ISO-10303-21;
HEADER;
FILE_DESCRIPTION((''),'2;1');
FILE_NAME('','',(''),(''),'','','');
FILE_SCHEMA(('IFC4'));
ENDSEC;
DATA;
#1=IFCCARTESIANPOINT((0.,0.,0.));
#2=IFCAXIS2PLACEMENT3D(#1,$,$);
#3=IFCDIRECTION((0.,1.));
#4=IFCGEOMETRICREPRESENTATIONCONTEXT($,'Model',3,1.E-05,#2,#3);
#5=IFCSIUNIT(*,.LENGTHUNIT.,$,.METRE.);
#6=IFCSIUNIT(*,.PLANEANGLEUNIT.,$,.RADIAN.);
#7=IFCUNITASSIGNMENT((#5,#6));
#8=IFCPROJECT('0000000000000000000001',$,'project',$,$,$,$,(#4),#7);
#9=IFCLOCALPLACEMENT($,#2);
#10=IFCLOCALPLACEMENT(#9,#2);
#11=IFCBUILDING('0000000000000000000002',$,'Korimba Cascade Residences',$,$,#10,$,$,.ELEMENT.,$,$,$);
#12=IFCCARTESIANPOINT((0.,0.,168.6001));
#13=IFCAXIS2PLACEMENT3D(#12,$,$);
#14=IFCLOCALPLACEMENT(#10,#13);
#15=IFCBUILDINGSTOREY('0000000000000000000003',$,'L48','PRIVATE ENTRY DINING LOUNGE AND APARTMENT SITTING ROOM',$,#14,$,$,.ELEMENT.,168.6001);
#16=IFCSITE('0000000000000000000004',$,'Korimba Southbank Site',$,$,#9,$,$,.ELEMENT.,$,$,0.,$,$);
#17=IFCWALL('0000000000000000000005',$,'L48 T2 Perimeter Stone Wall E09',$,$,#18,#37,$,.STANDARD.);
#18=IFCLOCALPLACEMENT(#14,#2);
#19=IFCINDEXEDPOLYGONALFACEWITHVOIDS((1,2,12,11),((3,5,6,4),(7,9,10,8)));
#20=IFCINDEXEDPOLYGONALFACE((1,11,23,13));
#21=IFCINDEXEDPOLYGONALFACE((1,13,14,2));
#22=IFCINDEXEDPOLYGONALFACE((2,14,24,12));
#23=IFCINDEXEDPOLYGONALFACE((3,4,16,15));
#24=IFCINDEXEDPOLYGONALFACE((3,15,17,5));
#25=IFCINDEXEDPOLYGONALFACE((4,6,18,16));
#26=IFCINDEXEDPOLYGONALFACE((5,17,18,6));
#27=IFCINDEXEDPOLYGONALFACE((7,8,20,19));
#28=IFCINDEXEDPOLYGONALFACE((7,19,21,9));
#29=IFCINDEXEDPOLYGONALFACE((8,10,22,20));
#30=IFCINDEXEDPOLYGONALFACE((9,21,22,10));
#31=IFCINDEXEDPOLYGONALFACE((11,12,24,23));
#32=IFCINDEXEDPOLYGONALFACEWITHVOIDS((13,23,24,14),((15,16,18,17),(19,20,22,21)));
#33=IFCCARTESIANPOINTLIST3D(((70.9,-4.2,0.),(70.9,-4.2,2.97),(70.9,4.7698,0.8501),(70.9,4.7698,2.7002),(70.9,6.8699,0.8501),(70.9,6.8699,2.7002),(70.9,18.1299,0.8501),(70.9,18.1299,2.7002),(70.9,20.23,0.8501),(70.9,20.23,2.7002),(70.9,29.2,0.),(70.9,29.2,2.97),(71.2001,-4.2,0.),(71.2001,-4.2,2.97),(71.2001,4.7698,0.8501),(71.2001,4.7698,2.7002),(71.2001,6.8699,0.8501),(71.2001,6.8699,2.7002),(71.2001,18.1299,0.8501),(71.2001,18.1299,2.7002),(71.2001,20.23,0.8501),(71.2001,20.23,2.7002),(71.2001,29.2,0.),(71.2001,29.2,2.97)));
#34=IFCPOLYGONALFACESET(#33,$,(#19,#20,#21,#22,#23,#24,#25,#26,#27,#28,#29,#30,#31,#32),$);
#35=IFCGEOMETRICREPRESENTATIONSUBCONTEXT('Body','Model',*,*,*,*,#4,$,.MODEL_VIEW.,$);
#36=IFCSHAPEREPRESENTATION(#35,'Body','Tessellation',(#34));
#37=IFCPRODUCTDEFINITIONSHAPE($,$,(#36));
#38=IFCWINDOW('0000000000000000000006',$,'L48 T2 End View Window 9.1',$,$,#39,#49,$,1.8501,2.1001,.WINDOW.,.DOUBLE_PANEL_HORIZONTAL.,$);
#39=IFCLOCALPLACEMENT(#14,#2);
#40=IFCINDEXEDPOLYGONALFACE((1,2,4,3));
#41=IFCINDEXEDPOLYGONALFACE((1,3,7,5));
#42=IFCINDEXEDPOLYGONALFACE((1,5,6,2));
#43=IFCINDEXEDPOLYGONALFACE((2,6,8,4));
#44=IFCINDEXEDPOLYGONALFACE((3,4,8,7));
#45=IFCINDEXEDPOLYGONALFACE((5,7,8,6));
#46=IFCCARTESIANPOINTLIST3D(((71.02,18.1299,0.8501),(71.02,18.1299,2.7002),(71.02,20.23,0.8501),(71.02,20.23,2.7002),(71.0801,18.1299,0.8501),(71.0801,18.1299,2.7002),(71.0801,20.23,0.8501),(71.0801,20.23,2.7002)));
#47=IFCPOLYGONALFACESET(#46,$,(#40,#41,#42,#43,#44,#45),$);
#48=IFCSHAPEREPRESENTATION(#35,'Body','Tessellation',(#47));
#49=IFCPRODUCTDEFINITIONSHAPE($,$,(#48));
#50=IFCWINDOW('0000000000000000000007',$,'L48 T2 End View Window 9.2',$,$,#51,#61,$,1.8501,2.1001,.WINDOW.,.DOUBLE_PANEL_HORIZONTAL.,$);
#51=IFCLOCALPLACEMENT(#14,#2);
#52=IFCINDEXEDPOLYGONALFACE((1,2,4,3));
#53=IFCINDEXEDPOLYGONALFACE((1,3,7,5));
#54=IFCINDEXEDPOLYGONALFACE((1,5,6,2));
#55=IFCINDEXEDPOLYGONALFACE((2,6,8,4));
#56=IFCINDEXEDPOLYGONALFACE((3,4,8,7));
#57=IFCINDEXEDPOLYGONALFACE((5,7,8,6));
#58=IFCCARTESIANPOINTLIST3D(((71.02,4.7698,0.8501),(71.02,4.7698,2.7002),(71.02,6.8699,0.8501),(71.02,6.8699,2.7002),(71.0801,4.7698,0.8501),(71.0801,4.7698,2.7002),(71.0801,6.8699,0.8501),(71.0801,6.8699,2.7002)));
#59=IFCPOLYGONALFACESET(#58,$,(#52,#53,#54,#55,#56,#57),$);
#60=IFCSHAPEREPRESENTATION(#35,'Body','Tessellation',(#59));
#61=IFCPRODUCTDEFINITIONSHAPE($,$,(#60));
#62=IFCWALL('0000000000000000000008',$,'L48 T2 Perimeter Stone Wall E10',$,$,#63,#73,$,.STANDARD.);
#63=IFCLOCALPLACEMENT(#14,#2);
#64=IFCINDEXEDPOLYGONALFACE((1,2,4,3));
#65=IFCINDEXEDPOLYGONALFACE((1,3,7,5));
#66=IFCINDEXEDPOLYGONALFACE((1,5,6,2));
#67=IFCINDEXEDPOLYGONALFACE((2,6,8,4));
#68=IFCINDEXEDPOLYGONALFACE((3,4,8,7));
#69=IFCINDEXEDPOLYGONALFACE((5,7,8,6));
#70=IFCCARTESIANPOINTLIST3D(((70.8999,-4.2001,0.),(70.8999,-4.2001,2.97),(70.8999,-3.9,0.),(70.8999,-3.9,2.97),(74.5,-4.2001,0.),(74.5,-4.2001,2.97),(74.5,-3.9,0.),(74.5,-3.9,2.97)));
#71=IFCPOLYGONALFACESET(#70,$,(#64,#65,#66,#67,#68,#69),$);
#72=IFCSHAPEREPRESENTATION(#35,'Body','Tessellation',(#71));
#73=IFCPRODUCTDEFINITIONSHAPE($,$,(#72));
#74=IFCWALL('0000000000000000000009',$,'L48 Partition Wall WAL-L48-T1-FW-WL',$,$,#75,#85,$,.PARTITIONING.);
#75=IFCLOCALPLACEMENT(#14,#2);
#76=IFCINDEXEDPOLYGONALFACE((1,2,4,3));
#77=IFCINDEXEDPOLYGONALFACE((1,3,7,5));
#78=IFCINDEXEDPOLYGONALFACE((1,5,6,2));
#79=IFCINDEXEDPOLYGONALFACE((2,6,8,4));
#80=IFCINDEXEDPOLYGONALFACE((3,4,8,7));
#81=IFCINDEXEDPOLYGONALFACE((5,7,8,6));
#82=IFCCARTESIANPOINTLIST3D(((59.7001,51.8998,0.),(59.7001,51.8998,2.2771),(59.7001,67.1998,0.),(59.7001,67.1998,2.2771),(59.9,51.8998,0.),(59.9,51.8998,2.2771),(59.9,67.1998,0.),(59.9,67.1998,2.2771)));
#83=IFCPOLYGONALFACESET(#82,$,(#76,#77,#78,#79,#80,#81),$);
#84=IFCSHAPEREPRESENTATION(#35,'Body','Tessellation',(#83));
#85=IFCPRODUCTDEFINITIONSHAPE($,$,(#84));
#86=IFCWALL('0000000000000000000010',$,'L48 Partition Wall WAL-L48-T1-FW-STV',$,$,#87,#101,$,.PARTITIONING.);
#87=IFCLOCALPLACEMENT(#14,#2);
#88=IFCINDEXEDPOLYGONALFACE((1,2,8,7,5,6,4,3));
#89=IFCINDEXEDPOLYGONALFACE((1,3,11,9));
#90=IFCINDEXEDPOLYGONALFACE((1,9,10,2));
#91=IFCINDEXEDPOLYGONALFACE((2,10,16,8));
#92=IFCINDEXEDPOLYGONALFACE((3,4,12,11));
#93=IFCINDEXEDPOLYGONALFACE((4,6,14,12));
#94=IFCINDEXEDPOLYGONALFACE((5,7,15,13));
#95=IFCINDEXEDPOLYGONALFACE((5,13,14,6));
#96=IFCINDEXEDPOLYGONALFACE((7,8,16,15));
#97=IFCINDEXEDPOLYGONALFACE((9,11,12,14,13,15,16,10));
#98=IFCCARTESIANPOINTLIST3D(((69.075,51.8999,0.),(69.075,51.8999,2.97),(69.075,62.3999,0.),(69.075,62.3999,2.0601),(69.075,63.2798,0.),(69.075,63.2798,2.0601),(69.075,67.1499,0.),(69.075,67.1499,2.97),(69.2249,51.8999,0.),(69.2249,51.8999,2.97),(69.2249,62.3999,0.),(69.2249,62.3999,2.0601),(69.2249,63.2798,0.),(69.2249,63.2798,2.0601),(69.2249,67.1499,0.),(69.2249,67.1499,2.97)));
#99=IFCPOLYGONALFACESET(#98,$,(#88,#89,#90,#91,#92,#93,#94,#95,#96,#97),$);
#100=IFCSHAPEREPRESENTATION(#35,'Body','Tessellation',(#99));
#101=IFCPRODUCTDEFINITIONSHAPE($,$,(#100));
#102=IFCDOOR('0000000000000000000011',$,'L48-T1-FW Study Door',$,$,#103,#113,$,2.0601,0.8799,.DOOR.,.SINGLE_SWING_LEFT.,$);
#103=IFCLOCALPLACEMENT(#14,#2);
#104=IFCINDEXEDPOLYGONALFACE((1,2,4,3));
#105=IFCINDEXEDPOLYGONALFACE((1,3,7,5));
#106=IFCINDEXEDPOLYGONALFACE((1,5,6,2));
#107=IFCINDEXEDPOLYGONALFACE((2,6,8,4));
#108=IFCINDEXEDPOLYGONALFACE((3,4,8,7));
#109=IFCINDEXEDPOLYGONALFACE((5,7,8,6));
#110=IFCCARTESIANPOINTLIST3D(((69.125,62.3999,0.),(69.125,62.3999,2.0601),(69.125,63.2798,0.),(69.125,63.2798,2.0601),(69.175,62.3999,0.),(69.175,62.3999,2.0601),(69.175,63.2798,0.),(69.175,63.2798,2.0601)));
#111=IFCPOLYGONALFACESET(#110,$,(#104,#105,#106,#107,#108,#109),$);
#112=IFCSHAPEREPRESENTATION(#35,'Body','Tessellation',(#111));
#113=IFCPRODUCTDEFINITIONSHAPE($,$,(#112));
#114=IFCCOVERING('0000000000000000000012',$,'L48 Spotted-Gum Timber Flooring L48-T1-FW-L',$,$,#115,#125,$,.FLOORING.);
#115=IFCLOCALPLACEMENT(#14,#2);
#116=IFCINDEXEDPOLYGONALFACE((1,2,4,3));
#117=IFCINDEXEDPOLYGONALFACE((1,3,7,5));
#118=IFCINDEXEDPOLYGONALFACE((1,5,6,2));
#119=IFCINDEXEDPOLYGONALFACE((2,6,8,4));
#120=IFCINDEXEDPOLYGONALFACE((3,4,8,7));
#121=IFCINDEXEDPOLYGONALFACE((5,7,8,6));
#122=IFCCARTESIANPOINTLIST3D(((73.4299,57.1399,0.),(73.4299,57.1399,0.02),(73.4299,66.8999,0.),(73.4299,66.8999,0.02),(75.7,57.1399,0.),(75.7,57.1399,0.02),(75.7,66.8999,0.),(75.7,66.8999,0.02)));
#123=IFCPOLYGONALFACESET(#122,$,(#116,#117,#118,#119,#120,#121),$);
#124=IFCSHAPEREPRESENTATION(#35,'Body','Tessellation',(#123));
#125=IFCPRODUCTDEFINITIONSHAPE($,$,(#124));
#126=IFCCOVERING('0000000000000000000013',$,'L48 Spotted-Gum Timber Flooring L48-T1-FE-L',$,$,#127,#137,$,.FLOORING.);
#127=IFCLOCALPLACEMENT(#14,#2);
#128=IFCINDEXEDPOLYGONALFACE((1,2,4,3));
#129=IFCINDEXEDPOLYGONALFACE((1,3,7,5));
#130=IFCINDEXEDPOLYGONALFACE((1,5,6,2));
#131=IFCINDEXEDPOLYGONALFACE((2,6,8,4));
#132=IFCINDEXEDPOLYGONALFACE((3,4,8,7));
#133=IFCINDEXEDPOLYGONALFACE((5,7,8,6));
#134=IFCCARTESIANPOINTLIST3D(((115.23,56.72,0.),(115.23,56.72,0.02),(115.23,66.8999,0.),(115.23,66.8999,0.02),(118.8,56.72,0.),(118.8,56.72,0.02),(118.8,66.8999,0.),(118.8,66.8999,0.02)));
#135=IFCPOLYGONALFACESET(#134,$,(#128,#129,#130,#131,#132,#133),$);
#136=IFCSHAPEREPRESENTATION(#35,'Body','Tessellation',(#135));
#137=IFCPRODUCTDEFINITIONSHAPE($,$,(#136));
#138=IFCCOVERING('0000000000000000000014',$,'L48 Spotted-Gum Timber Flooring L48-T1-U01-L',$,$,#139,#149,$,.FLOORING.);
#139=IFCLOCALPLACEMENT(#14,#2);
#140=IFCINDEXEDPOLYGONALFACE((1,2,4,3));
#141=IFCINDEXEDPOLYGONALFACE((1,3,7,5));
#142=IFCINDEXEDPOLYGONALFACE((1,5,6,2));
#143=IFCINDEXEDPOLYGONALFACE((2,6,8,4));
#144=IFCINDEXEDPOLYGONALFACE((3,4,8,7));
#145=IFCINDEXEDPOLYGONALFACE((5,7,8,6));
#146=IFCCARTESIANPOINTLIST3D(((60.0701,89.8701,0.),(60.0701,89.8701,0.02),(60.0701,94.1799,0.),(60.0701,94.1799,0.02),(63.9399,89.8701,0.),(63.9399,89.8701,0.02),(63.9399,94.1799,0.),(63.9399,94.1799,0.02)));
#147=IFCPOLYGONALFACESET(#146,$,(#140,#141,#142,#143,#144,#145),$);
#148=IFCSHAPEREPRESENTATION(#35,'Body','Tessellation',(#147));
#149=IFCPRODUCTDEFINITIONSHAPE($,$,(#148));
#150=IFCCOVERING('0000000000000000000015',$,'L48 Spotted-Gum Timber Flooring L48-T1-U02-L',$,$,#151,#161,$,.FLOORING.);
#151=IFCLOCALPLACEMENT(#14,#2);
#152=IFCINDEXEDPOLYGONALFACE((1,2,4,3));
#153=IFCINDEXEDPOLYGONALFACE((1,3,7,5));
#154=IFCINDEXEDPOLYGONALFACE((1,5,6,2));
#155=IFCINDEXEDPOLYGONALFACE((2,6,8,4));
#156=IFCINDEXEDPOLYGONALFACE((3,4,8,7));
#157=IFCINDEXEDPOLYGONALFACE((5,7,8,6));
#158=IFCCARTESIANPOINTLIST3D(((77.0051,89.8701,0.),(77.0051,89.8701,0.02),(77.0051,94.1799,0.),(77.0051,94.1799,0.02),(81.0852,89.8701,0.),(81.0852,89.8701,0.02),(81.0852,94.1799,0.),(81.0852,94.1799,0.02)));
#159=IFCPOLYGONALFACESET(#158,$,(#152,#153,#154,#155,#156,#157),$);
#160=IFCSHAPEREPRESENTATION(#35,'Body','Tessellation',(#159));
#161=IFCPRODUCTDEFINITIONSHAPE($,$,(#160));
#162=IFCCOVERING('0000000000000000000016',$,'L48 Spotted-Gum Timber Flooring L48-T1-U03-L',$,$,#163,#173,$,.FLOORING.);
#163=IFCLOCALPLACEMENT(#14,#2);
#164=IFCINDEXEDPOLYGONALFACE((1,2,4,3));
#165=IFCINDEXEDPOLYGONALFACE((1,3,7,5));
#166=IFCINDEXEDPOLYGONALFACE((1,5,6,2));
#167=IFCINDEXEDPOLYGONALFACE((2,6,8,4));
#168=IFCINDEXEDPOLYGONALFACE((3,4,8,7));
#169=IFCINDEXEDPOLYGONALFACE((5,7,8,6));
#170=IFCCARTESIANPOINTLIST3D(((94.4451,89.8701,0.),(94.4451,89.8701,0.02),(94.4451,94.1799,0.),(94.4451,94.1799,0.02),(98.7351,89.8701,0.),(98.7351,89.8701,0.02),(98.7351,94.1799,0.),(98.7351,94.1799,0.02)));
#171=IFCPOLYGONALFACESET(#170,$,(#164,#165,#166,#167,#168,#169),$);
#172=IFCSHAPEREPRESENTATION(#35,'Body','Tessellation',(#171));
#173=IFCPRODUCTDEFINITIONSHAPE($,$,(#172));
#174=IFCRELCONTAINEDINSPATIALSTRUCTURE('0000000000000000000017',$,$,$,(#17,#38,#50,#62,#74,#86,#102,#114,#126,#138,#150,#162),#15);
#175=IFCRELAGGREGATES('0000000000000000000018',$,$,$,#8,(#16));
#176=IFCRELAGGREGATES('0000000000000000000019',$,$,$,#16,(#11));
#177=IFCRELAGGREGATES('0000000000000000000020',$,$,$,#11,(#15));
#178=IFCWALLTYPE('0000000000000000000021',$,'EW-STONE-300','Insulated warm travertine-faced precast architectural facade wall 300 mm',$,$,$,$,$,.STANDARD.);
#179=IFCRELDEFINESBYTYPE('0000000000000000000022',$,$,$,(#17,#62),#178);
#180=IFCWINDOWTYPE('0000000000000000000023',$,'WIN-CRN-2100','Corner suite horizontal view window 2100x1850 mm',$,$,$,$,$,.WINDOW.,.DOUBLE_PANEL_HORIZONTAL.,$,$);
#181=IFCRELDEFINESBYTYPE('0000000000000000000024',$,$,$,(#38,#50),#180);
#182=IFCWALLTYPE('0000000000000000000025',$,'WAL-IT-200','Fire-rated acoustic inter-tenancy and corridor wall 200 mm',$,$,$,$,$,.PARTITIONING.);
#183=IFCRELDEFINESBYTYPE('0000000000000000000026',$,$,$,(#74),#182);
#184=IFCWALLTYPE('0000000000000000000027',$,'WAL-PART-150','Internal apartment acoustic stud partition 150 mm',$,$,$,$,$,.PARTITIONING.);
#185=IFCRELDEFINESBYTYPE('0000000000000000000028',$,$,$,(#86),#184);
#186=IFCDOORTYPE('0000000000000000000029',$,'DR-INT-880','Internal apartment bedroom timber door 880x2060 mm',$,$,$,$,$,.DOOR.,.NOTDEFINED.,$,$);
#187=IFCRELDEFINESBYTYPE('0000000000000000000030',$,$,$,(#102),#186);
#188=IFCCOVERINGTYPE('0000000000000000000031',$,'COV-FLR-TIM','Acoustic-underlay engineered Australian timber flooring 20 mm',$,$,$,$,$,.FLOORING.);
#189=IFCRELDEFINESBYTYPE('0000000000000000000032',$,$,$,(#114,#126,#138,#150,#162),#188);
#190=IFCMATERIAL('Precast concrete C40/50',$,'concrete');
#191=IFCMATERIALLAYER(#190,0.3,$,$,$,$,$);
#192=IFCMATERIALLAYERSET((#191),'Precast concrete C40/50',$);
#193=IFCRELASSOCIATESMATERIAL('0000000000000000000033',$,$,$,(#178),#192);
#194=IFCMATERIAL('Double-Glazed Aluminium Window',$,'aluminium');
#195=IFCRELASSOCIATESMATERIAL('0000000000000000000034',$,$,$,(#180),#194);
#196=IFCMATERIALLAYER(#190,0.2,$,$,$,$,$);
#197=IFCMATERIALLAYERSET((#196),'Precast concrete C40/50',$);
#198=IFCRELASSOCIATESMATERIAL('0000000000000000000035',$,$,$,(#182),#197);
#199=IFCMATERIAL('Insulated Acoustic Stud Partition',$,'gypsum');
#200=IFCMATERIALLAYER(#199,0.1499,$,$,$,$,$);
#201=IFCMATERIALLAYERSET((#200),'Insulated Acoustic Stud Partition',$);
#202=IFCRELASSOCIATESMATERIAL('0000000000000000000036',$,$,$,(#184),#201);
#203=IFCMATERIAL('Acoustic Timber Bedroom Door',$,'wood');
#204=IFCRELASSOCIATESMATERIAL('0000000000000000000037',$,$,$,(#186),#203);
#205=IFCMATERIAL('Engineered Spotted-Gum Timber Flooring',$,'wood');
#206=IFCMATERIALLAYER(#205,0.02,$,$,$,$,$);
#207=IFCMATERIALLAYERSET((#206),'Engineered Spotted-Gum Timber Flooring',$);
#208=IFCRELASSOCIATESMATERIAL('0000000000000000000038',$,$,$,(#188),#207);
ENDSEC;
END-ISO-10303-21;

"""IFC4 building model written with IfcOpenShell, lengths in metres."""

from ifc_helpers import new_model, si_unit, direction, frame, frame_2d, origin, place, context, subcontext, project, spatial, polyline, rectangle, outline, extrude, material, layer, layer_set, type_object, element, fill, save


model = new_model("IFC4")

# Units and contexts
model_context = context("Model", 3, precision=1e-05, world=origin(), true_north=direction((0.0, 1.0)))
body_context = subcontext(model_context, "Body", "Model", "MODEL_VIEW")
ifc_project = project(units=[si_unit("LENGTHUNIT", "METRE"), si_unit("PLANEANGLEUNIT", "RADIAN")], contexts=[model_context])

# Site, building, storey
site_placement = place(None, origin())
site = spatial("IfcSite", under=ifc_project, at=site_placement, Name="Korimba Southbank Site", CompositionType="ELEMENT", RefElevation=0.0)
building_placement = place(site_placement, origin())
building = spatial("IfcBuilding", under=site, at=building_placement, Name="Korimba Cascade Residences", CompositionType="ELEMENT")
storey_placement = place(building_placement, frame((0.0, 0.0, 168.6001)))
storey = spatial("IfcBuildingStorey", under=building, at=storey_placement, Name="L48", Description="PRIVATE ENTRY DINING LOUNGE AND APARTMENT SITTING ROOM", CompositionType="ELEMENT", Elevation=168.6001)

# Shared definitions
ifc_material_1 = material(Name="Precast concrete C40/50", Category="concrete")

# Shared definitions
ifc_layer_1 = layer(ifc_material_1, 0.3)
ifc_layer_set_1 = layer_set([ifc_layer_1], Name="Precast concrete C40/50")
wall_type_1 = type_object("IfcWallType", Name="EW-STONE-300", Description="Insulated warm travertine-faced precast architectural facade wall 300 mm", PredefinedType="STANDARD", material=ifc_layer_set_1)
ifc_material_2 = material(Name="Double-Glazed Aluminium Window", Category="aluminium")

# Wall, openings, windows
wall_1_placement = place(storey_placement, frame((71.05, 29.2, 0.0), z_axis=(0.0, 0.0, 1.0), x_axis=(0.0, -1.0, 0.0)))
wall_1 = element("IfcWall", 1, at=wall_1_placement, inside=storey, type_object=wall_type_1, Name="L48 T2 Perimeter Stone Wall E09", PredefinedType="STANDARD", context=body_context, shape_type="SweptSolid", body=[
    extrude(rectangle(XDim=33.3999, YDim=0.3, at=frame_2d((16.7, 0.0))), origin(), (0.0, 0.0, 1.0), 2.97),
])
opening_1_placement = place(wall_1_placement, frame((8.97, 0.0, 0.8501)))
opening_1 = element("IfcOpeningElement", 2, at=opening_1_placement, cuts=wall_1, PredefinedType="OPENING", context=body_context, shape_type="SweptSolid", body=[
    extrude(rectangle(XDim=2.1001, YDim=1.8501, at=frame_2d((1.05, 0.925))), frame((0.0, 0.1602, 0.0), z_axis=(0.0, -1.0, 0.0), x_axis=(1.0, 0.0, 0.0)), (0.0, 0.0, 1.0), 0.3201),
])
opening_2_placement = place(wall_1_placement, frame((22.3301, 0.0, 0.8501)))
opening_2 = element("IfcOpeningElement", 3, at=opening_2_placement, cuts=wall_1, PredefinedType="OPENING", context=body_context, shape_type="SweptSolid", body=[
    extrude(rectangle(XDim=2.1001, YDim=1.8501, at=frame_2d((1.05, 0.925))), frame((0.0, 0.1602, 0.0), z_axis=(0.0, -1.0, 0.0), x_axis=(1.0, 0.0, 0.0)), (0.0, 0.0, 1.0), 0.3201),
])
window_type_1 = type_object("IfcWindowType", Name="WIN-CRN-2100", Description="Corner suite horizontal view window 2100x1850 mm", PartitioningType="DOUBLE_PANEL_HORIZONTAL", PredefinedType="WINDOW", material=ifc_material_2)
window_1_placement = place(opening_1_placement, origin())
window_1 = element("IfcWindow", 4, at=window_1_placement, inside=storey, type_object=window_type_1, Name="L48 T2 End View Window 9.1", OverallHeight=1.8501, OverallWidth=2.1001, PartitioningType="DOUBLE_PANEL_HORIZONTAL", PredefinedType="WINDOW", context=body_context, shape_type="SweptSolid", body=[
    extrude(rectangle(XDim=2.1001, YDim=1.8501, at=frame_2d((1.05, 0.925))), frame((0.0, 0.03, 0.0), z_axis=(0.0, -1.0, 0.0), x_axis=(1.0, 0.0, 0.0)), (0.0, 0.0, 1.0), 0.0601),
])
fill(opening_1, window_1)
window_2_placement = place(opening_2_placement, origin())
window_2 = element("IfcWindow", 5, at=window_2_placement, inside=storey, type_object=window_type_1, Name="L48 T2 End View Window 9.2", OverallHeight=1.8501, OverallWidth=2.1001, PartitioningType="DOUBLE_PANEL_HORIZONTAL", PredefinedType="WINDOW", context=body_context, shape_type="SweptSolid", body=[
    extrude(rectangle(XDim=2.1001, YDim=1.8501, at=frame_2d((1.05, 0.925))), frame((0.0, 0.03, 0.0), z_axis=(0.0, -1.0, 0.0), x_axis=(1.0, 0.0, 0.0)), (0.0, 0.0, 1.0), 0.0601),
])
fill(opening_2, window_2)

# Walls
wall_2_placement = place(storey_placement, frame((70.8999, -4.05, 0.0), z_axis=(0.0, 0.0, 1.0), x_axis=(1.0, 0.0, 0.0)))
element("IfcWall", 6, at=wall_2_placement, inside=storey, type_object=wall_type_1, Name="L48 T2 Perimeter Stone Wall E10", PredefinedType="STANDARD", context=body_context, shape_type="SweptSolid", body=[
    extrude(rectangle(XDim=3.6001, YDim=0.3, at=frame_2d((1.8, 0.0))), origin(), (0.0, 0.0, 1.0), 2.97),
])
ifc_layer_2 = layer(ifc_material_1, 0.2)
ifc_layer_set_2 = layer_set([ifc_layer_2], Name="Precast concrete C40/50")
wall_type_2 = type_object("IfcWallType", Name="WAL-IT-200", Description="Fire-rated acoustic inter-tenancy and corridor wall 200 mm", PredefinedType="PARTITIONING", material=ifc_layer_set_2)
wall_3_placement = place(storey_placement, frame((59.8, 51.8999, 0.0), z_axis=(0.0, 0.0, 1.0), x_axis=(0.0, 1.0, 0.0)))
element("IfcWall", 7, at=wall_3_placement, inside=storey, type_object=wall_type_2, Name="L48 Partition Wall WAL-L48-T1-FW-WL", PredefinedType="PARTITIONING", context=body_context, shape_type="SweptSolid", body=[
    extrude(rectangle(XDim=15.3, YDim=0.2, at=frame_2d((7.6499, 0.0))), origin(), (0.0, 0.0, 1.0), 2.2771),
])

# Wall, opening, door
ifc_material_3 = material(Name="Insulated Acoustic Stud Partition", Category="gypsum")
ifc_layer_3 = layer(ifc_material_3, 0.1499)
ifc_layer_set_3 = layer_set([ifc_layer_3], Name="Insulated Acoustic Stud Partition")
wall_type_3 = type_object("IfcWallType", Name="WAL-PART-150", Description="Internal apartment acoustic stud partition 150 mm", PredefinedType="PARTITIONING", material=ifc_layer_set_3)
wall_4_placement = place(storey_placement, frame((69.1499, 51.8999, 0.0), z_axis=(0.0, 0.0, 1.0), x_axis=(0.0, 1.0, 0.0)))
wall_4 = element("IfcWall", 8, at=wall_4_placement, inside=storey, type_object=wall_type_3, Name="L48 Partition Wall WAL-L48-T1-FW-STV", PredefinedType="PARTITIONING", context=body_context, shape_type="SweptSolid", body=[
    extrude(rectangle(XDim=15.25, YDim=0.1499, at=frame_2d((7.625, 0.0))), origin(), (0.0, 0.0, 1.0), 2.97),
])
opening_3_placement = place(wall_4_placement, frame((10.5, 0.0, 0.0)))
opening_3 = element("IfcOpeningElement", 9, at=opening_3_placement, cuts=wall_4, PredefinedType="OPENING", context=body_context, shape_type="SweptSolid", body=[
    extrude(rectangle(XDim=0.8799, YDim=2.0601, at=frame_2d((0.4399, 1.03))), frame((0.0, 0.085, 0.0), z_axis=(0.0, -1.0, 0.0), x_axis=(1.0, 0.0, 0.0)), (0.0, 0.0, 1.0), 0.1699),
])
ifc_material_4 = material(Name="Acoustic Timber Bedroom Door", Category="wood")
door_type = type_object("IfcDoorType", Name="DR-INT-880", Description="Internal apartment bedroom timber door 880x2060 mm", OperationType="NOTDEFINED", PredefinedType="DOOR", material=ifc_material_4)
door_placement = place(opening_3_placement, origin())
door = element("IfcDoor", 10, at=door_placement, inside=storey, type_object=door_type, Name="L48-T1-FW Study Door", OperationType="SINGLE_SWING_LEFT", OverallHeight=2.0601, OverallWidth=0.8799, PredefinedType="DOOR", context=body_context, shape_type="SweptSolid", body=[
    extrude(rectangle(XDim=0.8799, YDim=2.0601, at=frame_2d((0.4399, 1.03))), frame((0.0, 0.0249, 0.0), z_axis=(0.0, -1.0, 0.0), x_axis=(1.0, 0.0, 0.0)), (0.0, 0.0, 1.0), 0.05),
])
fill(opening_3, door)

# Coverings
ifc_material_5 = material(Name="Engineered Spotted-Gum Timber Flooring", Category="wood")
ifc_layer_4 = layer(ifc_material_5, 0.02)
ifc_layer_set_4 = layer_set([ifc_layer_4], Name="Engineered Spotted-Gum Timber Flooring")
covering_type = type_object("IfcCoveringType", Name="COV-FLR-TIM", Description="Acoustic-underlay engineered Australian timber flooring 20 mm", PredefinedType="FLOORING", material=ifc_layer_set_4)
covering_1_placement = place(storey_placement, origin())
element("IfcCovering", 11, at=covering_1_placement, inside=storey, type_object=covering_type, Name="L48 Spotted-Gum Timber Flooring L48-T1-FW-L", PredefinedType="FLOORING", context=body_context, shape_type="SweptSolid", body=[
    extrude(outline(polyline([(73.4299, 57.1399), (75.7, 57.1399), (75.7, 66.8999), (73.4299, 66.8999), (73.4299, 57.1399)])), origin(), (0.0, 0.0, 1.0), 0.02),
])
covering_2_placement = place(storey_placement, origin())
element("IfcCovering", 12, at=covering_2_placement, inside=storey, type_object=covering_type, Name="L48 Spotted-Gum Timber Flooring L48-T1-FE-L", PredefinedType="FLOORING", context=body_context, shape_type="SweptSolid", body=[
    extrude(outline(polyline([(115.23, 56.72), (118.8, 56.72), (118.8, 66.8999), (115.23, 66.8999), (115.23, 56.72)])), origin(), (0.0, 0.0, 1.0), 0.02),
])
covering_3_placement = place(storey_placement, origin())
element("IfcCovering", 13, at=covering_3_placement, inside=storey, type_object=covering_type, Name="L48 Spotted-Gum Timber Flooring L48-T1-U01-L", PredefinedType="FLOORING", context=body_context, shape_type="SweptSolid", body=[
    extrude(outline(polyline([(60.0701, 89.8701), (63.9399, 89.8701), (63.9399, 94.1799), (60.0701, 94.1799), (60.0701, 89.8701)])), origin(), (0.0, 0.0, 1.0), 0.02),
])
covering_4_placement = place(storey_placement, origin())
element("IfcCovering", 14, at=covering_4_placement, inside=storey, type_object=covering_type, Name="L48 Spotted-Gum Timber Flooring L48-T1-U02-L", PredefinedType="FLOORING", context=body_context, shape_type="SweptSolid", body=[
    extrude(outline(polyline([(77.0051, 89.8701), (81.0852, 89.8701), (81.0852, 94.1799), (77.0051, 94.1799), (77.0051, 89.8701)])), origin(), (0.0, 0.0, 1.0), 0.02),
])
covering_5_placement = place(storey_placement, origin())
element("IfcCovering", 15, at=covering_5_placement, inside=storey, type_object=covering_type, Name="L48 Spotted-Gum Timber Flooring L48-T1-U03-L", PredefinedType="FLOORING", context=body_context, shape_type="SweptSolid", body=[
    extrude(outline(polyline([(94.4451, 89.8701), (98.7351, 89.8701), (98.7351, 94.1799), (94.4451, 94.1799), (94.4451, 89.8701)])), origin(), (0.0, 0.0, 1.0), 0.02),
])

save(model, "model.ifc")
